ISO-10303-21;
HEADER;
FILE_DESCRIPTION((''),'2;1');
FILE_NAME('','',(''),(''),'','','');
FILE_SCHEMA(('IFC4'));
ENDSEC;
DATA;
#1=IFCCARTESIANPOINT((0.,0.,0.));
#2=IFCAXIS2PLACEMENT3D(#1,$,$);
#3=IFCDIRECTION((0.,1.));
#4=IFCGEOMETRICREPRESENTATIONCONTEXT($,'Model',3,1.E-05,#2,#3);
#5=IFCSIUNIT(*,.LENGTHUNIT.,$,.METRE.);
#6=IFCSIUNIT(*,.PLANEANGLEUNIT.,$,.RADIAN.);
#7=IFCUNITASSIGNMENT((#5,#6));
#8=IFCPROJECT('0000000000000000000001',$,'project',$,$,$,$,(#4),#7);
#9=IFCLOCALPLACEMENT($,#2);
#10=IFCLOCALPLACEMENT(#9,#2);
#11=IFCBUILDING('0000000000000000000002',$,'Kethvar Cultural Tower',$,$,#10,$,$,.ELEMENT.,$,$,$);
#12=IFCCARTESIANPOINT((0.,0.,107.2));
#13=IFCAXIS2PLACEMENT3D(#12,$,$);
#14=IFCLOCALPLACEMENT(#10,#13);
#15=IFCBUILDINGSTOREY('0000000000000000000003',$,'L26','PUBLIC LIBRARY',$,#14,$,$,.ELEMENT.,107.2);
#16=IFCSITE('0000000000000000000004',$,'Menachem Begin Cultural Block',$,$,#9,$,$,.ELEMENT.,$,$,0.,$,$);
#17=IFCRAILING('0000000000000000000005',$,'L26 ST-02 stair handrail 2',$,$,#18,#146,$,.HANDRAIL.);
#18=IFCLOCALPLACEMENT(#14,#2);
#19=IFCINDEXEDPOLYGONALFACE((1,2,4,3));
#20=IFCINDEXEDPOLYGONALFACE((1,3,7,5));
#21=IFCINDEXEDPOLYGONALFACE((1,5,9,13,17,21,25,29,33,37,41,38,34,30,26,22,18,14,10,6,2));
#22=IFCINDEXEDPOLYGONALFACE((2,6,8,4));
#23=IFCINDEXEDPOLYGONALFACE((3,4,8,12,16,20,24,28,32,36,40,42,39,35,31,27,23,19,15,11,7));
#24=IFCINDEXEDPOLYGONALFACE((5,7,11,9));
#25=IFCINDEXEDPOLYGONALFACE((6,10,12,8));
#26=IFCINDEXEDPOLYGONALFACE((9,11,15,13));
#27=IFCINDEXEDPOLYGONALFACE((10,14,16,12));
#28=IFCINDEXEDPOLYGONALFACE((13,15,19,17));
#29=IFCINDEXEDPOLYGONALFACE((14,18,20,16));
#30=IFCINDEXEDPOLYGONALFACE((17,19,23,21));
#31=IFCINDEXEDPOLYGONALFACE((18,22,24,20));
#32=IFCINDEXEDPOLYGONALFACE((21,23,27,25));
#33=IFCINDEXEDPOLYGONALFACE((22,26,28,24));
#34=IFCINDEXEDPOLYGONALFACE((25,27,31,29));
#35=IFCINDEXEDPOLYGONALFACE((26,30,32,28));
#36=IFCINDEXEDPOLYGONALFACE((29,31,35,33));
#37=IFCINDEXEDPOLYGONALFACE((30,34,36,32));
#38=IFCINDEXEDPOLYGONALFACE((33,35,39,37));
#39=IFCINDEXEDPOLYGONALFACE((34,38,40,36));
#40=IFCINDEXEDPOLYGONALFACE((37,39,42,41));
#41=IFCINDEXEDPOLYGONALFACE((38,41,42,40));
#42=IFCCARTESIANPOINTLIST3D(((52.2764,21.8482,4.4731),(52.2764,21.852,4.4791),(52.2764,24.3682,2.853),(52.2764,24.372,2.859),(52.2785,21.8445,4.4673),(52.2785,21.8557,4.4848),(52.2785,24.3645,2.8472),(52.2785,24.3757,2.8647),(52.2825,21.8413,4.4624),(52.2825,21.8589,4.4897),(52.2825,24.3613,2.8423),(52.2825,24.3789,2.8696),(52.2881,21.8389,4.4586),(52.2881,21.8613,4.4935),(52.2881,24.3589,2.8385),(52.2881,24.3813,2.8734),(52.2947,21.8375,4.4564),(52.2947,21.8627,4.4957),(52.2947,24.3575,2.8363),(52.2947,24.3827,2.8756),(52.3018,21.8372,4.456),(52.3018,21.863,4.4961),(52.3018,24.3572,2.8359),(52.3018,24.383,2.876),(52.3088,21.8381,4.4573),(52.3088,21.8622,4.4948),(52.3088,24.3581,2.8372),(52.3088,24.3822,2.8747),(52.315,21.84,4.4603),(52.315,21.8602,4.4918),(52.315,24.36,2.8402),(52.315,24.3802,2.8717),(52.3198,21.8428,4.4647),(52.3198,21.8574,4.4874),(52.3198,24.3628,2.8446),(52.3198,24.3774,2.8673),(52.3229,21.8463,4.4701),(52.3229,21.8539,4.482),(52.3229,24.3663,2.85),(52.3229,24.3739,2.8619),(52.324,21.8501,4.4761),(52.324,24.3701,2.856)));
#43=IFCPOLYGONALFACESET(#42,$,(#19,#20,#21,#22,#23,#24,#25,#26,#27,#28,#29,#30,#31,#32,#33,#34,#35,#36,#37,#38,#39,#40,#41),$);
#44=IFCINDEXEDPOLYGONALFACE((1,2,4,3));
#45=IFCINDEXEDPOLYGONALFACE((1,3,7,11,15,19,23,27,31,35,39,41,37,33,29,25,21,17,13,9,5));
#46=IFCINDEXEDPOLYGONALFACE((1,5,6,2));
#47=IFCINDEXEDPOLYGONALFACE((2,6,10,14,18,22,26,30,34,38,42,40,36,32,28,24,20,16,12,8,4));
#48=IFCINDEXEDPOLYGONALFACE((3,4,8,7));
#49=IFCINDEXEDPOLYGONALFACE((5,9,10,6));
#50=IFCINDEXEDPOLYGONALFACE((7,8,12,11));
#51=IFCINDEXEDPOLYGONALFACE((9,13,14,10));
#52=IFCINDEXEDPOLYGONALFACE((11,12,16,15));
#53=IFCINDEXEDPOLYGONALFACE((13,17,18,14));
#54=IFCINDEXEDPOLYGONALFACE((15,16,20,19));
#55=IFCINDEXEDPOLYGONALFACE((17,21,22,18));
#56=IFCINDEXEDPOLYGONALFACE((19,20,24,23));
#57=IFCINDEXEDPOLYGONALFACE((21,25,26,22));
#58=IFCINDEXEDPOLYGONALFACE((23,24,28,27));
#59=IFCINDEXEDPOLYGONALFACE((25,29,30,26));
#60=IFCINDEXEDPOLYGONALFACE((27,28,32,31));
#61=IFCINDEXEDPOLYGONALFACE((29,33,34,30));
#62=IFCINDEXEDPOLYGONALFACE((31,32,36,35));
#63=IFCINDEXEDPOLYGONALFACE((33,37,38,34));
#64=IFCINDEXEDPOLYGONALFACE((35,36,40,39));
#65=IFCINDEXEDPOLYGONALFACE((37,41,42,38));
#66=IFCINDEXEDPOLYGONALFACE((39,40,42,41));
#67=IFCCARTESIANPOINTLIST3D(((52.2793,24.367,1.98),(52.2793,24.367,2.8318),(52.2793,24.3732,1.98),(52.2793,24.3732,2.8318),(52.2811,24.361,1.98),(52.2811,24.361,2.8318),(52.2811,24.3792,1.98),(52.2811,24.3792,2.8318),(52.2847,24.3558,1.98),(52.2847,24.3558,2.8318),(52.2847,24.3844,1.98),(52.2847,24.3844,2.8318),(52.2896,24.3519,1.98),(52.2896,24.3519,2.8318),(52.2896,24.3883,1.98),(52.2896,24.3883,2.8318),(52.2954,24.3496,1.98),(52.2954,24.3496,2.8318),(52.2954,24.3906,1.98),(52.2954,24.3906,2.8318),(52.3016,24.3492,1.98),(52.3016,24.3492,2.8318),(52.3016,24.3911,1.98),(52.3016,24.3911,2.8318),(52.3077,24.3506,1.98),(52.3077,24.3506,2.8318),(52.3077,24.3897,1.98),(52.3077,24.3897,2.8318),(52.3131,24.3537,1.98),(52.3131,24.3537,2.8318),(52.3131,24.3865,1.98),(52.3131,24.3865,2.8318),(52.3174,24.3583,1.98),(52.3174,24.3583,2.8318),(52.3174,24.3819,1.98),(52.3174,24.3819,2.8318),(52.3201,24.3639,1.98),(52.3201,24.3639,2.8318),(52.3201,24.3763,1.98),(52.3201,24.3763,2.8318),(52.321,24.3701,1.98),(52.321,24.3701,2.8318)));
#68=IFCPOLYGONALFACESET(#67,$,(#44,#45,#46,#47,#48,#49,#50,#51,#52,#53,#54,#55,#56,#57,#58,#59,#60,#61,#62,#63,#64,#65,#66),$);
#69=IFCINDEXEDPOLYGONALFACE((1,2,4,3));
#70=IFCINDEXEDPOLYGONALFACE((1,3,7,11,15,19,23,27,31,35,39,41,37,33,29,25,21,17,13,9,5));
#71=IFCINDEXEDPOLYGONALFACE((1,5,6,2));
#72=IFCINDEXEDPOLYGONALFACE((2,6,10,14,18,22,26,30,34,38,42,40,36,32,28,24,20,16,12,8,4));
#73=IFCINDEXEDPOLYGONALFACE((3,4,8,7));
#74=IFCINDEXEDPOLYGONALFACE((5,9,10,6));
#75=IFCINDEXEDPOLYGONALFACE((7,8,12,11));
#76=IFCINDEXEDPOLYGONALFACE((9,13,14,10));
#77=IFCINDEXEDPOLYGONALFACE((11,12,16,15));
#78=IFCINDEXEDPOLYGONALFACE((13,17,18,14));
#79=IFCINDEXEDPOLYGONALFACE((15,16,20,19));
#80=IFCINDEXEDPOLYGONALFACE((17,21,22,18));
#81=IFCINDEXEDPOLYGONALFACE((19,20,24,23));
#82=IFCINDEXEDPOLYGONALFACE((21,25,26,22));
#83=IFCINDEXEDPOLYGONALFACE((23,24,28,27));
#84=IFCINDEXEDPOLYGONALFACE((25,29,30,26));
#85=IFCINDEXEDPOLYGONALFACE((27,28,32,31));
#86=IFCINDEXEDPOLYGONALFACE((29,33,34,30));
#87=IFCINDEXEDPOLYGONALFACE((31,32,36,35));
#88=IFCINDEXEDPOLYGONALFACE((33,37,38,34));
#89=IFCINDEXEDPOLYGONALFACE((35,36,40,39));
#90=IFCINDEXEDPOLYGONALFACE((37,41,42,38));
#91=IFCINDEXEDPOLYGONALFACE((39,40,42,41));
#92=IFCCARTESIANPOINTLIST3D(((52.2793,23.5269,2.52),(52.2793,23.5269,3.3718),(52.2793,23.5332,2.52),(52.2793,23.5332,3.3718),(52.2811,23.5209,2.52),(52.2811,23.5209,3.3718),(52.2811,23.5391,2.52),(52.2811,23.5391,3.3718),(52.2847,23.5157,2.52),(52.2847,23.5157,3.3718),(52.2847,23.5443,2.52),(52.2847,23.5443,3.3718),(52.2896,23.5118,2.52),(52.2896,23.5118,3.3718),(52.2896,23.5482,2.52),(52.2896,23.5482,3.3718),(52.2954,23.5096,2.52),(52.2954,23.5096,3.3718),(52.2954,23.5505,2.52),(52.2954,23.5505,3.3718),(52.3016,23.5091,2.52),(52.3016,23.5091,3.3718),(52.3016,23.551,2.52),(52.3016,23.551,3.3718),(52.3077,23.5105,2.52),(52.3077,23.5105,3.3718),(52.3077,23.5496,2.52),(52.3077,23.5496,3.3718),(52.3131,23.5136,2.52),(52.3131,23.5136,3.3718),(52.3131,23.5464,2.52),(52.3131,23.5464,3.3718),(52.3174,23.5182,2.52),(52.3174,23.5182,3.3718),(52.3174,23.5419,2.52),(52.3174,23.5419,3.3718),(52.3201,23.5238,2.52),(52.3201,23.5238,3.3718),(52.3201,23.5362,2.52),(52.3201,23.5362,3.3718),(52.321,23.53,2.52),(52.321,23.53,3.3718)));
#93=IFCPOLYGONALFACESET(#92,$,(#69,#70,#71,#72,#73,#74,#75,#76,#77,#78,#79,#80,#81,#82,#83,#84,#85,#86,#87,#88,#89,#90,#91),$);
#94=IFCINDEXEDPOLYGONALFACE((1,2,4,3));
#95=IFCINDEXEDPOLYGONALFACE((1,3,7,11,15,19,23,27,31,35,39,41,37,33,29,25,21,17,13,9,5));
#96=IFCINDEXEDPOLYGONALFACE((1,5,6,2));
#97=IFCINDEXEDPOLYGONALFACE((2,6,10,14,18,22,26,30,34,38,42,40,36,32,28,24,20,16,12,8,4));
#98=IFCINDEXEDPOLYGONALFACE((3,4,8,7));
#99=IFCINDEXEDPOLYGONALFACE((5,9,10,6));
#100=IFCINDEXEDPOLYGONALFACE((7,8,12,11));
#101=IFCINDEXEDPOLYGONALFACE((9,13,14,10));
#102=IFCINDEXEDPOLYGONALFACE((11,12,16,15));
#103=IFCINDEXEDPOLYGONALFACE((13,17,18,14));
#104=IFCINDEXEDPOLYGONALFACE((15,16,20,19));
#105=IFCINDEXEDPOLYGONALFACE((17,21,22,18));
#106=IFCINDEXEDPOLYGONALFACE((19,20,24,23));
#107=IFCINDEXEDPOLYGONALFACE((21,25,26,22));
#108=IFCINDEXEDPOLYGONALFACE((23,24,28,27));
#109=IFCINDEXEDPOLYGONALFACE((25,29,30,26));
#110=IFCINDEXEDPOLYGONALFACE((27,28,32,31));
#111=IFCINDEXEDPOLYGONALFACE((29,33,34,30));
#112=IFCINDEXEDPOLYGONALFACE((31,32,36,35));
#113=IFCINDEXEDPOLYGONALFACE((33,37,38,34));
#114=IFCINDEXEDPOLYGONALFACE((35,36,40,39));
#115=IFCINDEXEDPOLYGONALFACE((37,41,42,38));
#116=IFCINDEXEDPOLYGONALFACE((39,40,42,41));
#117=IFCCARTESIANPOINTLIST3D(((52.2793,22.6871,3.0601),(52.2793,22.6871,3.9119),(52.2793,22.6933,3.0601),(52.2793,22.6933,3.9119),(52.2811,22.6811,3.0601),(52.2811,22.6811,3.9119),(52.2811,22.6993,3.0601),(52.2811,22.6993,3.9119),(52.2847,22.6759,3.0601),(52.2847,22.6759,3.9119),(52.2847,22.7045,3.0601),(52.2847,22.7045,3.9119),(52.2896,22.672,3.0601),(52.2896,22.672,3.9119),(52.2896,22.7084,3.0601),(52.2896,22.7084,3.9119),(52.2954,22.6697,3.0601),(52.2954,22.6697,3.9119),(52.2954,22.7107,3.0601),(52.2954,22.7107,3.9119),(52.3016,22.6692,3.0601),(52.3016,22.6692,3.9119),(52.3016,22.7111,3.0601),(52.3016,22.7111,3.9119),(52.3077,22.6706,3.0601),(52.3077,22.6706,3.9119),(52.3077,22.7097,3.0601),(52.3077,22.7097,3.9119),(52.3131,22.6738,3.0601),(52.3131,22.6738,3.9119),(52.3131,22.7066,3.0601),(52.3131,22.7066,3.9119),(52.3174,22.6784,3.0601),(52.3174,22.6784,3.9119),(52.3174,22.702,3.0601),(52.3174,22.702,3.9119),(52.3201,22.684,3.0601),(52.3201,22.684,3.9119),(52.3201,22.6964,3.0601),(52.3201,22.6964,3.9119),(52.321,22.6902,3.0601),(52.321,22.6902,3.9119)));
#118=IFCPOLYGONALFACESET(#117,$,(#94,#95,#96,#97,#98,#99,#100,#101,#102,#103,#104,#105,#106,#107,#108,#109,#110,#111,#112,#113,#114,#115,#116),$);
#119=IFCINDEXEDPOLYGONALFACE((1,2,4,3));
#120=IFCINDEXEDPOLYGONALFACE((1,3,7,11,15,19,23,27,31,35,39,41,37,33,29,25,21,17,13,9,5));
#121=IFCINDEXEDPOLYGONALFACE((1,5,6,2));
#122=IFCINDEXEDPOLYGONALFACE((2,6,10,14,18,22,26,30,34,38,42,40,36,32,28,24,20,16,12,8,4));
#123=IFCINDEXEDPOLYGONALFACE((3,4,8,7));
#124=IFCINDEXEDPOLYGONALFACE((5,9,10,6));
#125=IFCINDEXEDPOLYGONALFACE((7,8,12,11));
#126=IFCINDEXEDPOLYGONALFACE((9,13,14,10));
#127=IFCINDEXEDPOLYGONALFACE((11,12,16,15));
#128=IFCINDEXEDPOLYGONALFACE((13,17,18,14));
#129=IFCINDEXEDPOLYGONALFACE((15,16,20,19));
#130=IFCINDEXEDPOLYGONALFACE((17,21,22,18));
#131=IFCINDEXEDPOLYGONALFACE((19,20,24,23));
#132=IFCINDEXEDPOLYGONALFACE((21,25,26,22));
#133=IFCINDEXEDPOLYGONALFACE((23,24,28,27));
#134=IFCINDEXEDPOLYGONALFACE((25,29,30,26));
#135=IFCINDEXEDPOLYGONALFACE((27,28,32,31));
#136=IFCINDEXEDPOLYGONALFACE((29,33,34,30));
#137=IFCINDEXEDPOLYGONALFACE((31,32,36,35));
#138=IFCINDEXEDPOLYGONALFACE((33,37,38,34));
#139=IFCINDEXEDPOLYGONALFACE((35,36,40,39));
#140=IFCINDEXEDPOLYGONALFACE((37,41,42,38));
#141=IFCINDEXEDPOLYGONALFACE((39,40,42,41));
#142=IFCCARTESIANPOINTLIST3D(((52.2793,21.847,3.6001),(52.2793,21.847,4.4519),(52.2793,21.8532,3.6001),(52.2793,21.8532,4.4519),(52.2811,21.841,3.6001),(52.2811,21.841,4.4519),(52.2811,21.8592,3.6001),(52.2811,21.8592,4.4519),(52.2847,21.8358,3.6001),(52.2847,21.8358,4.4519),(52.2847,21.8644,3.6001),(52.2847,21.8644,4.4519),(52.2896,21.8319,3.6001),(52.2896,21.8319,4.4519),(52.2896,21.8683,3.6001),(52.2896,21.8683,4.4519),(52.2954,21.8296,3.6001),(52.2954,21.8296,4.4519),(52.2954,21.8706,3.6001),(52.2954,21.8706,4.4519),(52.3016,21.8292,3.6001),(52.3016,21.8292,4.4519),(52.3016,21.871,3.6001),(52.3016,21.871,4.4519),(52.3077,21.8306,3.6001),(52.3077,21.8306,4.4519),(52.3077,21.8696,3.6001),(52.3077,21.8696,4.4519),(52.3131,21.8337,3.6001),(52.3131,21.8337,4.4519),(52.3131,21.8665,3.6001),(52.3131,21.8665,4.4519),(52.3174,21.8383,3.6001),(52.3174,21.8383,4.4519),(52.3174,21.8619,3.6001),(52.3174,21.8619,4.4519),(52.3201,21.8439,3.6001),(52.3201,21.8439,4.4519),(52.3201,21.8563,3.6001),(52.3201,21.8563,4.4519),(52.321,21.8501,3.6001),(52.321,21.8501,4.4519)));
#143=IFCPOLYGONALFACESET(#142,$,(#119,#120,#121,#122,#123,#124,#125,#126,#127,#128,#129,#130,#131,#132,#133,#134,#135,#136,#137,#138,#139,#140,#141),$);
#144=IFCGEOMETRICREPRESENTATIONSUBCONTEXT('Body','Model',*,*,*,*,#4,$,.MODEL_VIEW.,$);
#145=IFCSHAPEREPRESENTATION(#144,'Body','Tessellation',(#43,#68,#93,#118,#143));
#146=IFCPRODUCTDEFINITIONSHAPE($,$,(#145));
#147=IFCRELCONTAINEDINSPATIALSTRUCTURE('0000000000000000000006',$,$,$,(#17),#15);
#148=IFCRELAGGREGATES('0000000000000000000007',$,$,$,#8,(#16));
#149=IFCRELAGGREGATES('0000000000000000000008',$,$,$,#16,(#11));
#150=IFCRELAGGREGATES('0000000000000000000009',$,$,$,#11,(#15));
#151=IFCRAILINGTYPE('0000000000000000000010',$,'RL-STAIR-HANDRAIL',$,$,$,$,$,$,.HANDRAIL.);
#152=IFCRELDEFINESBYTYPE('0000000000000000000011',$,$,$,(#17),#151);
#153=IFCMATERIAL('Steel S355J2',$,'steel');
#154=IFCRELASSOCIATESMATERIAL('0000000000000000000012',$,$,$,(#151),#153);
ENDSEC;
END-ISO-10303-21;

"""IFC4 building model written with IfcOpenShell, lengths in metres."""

from ifc_helpers import new_model, si_unit, direction, frame, origin, origin_2d, place, context, subcontext, project, spatial, circle, extrude, material, type_object, element, save


model = new_model("IFC4")

# Units and contexts
model_context = context("Model", 3, precision=1e-05, world=origin(), true_north=direction((0.0, 1.0)))
body_context = subcontext(model_context, "Body", "Model", "MODEL_VIEW")
ifc_project = project(units=[si_unit("LENGTHUNIT", "METRE"), si_unit("PLANEANGLEUNIT", "RADIAN")], contexts=[model_context])

# Site, building, storey
site_placement = place(None, origin())
site = spatial("IfcSite", under=ifc_project, at=site_placement, Name="Menachem Begin Cultural Block", CompositionType="ELEMENT", RefElevation=0.0)
building_placement = place(site_placement, origin())
building = spatial("IfcBuilding", under=site, at=building_placement, Name="Kethvar Cultural Tower", CompositionType="ELEMENT")
storey_placement = place(building_placement, frame((0.0, 0.0, 107.2)))
storey = spatial("IfcBuildingStorey", under=building, at=storey_placement, Name="L26", Description="PUBLIC LIBRARY", CompositionType="ELEMENT", Elevation=107.2)

# Shared definitions
ifc_material_1 = material(Name="Steel S355J2", Category="steel")

# Railing
railing_type_1 = type_object("IfcRailingType", Name="RL-STAIR-HANDRAIL", PredefinedType="HANDRAIL", material=ifc_material_1)
railing_1_placement = place(storey_placement, frame((52.3, 24.3701, 1.98)))
element("IfcRailing", 1, at=railing_1_placement, inside=storey, type_object=railing_type_1, Name="L26 ST-02 stair handrail 2", PredefinedType="HANDRAIL", context=body_context, shape_type="SweptSolid", body=[
    extrude(circle(Radius=0.0239, at=origin_2d()), frame((0.0, 0.0, 0.876), z_axis=(0.0, -0.841163, 0.540782), x_axis=(1.0, 0.0, 0.0)), (0.0, 0.0, 1.0), 2.9958),
    extrude(circle(Radius=0.021, at=origin_2d()), origin(), (0.0, 0.0, 1.0), 0.8518),
    extrude(circle(Radius=0.021, at=origin_2d()), frame((0.0, -0.8401, 0.54)), (0.0, 0.0, 1.0), 0.8518),
    extrude(circle(Radius=0.021, at=origin_2d()), frame((0.0, -1.6799, 1.0801)), (0.0, 0.0, 1.0), 0.8518),
    extrude(circle(Radius=0.021, at=origin_2d()), frame((0.0, -2.52, 1.6201)), (0.0, 0.0, 1.0), 0.8518),
])

save(model, "model.ifc")
